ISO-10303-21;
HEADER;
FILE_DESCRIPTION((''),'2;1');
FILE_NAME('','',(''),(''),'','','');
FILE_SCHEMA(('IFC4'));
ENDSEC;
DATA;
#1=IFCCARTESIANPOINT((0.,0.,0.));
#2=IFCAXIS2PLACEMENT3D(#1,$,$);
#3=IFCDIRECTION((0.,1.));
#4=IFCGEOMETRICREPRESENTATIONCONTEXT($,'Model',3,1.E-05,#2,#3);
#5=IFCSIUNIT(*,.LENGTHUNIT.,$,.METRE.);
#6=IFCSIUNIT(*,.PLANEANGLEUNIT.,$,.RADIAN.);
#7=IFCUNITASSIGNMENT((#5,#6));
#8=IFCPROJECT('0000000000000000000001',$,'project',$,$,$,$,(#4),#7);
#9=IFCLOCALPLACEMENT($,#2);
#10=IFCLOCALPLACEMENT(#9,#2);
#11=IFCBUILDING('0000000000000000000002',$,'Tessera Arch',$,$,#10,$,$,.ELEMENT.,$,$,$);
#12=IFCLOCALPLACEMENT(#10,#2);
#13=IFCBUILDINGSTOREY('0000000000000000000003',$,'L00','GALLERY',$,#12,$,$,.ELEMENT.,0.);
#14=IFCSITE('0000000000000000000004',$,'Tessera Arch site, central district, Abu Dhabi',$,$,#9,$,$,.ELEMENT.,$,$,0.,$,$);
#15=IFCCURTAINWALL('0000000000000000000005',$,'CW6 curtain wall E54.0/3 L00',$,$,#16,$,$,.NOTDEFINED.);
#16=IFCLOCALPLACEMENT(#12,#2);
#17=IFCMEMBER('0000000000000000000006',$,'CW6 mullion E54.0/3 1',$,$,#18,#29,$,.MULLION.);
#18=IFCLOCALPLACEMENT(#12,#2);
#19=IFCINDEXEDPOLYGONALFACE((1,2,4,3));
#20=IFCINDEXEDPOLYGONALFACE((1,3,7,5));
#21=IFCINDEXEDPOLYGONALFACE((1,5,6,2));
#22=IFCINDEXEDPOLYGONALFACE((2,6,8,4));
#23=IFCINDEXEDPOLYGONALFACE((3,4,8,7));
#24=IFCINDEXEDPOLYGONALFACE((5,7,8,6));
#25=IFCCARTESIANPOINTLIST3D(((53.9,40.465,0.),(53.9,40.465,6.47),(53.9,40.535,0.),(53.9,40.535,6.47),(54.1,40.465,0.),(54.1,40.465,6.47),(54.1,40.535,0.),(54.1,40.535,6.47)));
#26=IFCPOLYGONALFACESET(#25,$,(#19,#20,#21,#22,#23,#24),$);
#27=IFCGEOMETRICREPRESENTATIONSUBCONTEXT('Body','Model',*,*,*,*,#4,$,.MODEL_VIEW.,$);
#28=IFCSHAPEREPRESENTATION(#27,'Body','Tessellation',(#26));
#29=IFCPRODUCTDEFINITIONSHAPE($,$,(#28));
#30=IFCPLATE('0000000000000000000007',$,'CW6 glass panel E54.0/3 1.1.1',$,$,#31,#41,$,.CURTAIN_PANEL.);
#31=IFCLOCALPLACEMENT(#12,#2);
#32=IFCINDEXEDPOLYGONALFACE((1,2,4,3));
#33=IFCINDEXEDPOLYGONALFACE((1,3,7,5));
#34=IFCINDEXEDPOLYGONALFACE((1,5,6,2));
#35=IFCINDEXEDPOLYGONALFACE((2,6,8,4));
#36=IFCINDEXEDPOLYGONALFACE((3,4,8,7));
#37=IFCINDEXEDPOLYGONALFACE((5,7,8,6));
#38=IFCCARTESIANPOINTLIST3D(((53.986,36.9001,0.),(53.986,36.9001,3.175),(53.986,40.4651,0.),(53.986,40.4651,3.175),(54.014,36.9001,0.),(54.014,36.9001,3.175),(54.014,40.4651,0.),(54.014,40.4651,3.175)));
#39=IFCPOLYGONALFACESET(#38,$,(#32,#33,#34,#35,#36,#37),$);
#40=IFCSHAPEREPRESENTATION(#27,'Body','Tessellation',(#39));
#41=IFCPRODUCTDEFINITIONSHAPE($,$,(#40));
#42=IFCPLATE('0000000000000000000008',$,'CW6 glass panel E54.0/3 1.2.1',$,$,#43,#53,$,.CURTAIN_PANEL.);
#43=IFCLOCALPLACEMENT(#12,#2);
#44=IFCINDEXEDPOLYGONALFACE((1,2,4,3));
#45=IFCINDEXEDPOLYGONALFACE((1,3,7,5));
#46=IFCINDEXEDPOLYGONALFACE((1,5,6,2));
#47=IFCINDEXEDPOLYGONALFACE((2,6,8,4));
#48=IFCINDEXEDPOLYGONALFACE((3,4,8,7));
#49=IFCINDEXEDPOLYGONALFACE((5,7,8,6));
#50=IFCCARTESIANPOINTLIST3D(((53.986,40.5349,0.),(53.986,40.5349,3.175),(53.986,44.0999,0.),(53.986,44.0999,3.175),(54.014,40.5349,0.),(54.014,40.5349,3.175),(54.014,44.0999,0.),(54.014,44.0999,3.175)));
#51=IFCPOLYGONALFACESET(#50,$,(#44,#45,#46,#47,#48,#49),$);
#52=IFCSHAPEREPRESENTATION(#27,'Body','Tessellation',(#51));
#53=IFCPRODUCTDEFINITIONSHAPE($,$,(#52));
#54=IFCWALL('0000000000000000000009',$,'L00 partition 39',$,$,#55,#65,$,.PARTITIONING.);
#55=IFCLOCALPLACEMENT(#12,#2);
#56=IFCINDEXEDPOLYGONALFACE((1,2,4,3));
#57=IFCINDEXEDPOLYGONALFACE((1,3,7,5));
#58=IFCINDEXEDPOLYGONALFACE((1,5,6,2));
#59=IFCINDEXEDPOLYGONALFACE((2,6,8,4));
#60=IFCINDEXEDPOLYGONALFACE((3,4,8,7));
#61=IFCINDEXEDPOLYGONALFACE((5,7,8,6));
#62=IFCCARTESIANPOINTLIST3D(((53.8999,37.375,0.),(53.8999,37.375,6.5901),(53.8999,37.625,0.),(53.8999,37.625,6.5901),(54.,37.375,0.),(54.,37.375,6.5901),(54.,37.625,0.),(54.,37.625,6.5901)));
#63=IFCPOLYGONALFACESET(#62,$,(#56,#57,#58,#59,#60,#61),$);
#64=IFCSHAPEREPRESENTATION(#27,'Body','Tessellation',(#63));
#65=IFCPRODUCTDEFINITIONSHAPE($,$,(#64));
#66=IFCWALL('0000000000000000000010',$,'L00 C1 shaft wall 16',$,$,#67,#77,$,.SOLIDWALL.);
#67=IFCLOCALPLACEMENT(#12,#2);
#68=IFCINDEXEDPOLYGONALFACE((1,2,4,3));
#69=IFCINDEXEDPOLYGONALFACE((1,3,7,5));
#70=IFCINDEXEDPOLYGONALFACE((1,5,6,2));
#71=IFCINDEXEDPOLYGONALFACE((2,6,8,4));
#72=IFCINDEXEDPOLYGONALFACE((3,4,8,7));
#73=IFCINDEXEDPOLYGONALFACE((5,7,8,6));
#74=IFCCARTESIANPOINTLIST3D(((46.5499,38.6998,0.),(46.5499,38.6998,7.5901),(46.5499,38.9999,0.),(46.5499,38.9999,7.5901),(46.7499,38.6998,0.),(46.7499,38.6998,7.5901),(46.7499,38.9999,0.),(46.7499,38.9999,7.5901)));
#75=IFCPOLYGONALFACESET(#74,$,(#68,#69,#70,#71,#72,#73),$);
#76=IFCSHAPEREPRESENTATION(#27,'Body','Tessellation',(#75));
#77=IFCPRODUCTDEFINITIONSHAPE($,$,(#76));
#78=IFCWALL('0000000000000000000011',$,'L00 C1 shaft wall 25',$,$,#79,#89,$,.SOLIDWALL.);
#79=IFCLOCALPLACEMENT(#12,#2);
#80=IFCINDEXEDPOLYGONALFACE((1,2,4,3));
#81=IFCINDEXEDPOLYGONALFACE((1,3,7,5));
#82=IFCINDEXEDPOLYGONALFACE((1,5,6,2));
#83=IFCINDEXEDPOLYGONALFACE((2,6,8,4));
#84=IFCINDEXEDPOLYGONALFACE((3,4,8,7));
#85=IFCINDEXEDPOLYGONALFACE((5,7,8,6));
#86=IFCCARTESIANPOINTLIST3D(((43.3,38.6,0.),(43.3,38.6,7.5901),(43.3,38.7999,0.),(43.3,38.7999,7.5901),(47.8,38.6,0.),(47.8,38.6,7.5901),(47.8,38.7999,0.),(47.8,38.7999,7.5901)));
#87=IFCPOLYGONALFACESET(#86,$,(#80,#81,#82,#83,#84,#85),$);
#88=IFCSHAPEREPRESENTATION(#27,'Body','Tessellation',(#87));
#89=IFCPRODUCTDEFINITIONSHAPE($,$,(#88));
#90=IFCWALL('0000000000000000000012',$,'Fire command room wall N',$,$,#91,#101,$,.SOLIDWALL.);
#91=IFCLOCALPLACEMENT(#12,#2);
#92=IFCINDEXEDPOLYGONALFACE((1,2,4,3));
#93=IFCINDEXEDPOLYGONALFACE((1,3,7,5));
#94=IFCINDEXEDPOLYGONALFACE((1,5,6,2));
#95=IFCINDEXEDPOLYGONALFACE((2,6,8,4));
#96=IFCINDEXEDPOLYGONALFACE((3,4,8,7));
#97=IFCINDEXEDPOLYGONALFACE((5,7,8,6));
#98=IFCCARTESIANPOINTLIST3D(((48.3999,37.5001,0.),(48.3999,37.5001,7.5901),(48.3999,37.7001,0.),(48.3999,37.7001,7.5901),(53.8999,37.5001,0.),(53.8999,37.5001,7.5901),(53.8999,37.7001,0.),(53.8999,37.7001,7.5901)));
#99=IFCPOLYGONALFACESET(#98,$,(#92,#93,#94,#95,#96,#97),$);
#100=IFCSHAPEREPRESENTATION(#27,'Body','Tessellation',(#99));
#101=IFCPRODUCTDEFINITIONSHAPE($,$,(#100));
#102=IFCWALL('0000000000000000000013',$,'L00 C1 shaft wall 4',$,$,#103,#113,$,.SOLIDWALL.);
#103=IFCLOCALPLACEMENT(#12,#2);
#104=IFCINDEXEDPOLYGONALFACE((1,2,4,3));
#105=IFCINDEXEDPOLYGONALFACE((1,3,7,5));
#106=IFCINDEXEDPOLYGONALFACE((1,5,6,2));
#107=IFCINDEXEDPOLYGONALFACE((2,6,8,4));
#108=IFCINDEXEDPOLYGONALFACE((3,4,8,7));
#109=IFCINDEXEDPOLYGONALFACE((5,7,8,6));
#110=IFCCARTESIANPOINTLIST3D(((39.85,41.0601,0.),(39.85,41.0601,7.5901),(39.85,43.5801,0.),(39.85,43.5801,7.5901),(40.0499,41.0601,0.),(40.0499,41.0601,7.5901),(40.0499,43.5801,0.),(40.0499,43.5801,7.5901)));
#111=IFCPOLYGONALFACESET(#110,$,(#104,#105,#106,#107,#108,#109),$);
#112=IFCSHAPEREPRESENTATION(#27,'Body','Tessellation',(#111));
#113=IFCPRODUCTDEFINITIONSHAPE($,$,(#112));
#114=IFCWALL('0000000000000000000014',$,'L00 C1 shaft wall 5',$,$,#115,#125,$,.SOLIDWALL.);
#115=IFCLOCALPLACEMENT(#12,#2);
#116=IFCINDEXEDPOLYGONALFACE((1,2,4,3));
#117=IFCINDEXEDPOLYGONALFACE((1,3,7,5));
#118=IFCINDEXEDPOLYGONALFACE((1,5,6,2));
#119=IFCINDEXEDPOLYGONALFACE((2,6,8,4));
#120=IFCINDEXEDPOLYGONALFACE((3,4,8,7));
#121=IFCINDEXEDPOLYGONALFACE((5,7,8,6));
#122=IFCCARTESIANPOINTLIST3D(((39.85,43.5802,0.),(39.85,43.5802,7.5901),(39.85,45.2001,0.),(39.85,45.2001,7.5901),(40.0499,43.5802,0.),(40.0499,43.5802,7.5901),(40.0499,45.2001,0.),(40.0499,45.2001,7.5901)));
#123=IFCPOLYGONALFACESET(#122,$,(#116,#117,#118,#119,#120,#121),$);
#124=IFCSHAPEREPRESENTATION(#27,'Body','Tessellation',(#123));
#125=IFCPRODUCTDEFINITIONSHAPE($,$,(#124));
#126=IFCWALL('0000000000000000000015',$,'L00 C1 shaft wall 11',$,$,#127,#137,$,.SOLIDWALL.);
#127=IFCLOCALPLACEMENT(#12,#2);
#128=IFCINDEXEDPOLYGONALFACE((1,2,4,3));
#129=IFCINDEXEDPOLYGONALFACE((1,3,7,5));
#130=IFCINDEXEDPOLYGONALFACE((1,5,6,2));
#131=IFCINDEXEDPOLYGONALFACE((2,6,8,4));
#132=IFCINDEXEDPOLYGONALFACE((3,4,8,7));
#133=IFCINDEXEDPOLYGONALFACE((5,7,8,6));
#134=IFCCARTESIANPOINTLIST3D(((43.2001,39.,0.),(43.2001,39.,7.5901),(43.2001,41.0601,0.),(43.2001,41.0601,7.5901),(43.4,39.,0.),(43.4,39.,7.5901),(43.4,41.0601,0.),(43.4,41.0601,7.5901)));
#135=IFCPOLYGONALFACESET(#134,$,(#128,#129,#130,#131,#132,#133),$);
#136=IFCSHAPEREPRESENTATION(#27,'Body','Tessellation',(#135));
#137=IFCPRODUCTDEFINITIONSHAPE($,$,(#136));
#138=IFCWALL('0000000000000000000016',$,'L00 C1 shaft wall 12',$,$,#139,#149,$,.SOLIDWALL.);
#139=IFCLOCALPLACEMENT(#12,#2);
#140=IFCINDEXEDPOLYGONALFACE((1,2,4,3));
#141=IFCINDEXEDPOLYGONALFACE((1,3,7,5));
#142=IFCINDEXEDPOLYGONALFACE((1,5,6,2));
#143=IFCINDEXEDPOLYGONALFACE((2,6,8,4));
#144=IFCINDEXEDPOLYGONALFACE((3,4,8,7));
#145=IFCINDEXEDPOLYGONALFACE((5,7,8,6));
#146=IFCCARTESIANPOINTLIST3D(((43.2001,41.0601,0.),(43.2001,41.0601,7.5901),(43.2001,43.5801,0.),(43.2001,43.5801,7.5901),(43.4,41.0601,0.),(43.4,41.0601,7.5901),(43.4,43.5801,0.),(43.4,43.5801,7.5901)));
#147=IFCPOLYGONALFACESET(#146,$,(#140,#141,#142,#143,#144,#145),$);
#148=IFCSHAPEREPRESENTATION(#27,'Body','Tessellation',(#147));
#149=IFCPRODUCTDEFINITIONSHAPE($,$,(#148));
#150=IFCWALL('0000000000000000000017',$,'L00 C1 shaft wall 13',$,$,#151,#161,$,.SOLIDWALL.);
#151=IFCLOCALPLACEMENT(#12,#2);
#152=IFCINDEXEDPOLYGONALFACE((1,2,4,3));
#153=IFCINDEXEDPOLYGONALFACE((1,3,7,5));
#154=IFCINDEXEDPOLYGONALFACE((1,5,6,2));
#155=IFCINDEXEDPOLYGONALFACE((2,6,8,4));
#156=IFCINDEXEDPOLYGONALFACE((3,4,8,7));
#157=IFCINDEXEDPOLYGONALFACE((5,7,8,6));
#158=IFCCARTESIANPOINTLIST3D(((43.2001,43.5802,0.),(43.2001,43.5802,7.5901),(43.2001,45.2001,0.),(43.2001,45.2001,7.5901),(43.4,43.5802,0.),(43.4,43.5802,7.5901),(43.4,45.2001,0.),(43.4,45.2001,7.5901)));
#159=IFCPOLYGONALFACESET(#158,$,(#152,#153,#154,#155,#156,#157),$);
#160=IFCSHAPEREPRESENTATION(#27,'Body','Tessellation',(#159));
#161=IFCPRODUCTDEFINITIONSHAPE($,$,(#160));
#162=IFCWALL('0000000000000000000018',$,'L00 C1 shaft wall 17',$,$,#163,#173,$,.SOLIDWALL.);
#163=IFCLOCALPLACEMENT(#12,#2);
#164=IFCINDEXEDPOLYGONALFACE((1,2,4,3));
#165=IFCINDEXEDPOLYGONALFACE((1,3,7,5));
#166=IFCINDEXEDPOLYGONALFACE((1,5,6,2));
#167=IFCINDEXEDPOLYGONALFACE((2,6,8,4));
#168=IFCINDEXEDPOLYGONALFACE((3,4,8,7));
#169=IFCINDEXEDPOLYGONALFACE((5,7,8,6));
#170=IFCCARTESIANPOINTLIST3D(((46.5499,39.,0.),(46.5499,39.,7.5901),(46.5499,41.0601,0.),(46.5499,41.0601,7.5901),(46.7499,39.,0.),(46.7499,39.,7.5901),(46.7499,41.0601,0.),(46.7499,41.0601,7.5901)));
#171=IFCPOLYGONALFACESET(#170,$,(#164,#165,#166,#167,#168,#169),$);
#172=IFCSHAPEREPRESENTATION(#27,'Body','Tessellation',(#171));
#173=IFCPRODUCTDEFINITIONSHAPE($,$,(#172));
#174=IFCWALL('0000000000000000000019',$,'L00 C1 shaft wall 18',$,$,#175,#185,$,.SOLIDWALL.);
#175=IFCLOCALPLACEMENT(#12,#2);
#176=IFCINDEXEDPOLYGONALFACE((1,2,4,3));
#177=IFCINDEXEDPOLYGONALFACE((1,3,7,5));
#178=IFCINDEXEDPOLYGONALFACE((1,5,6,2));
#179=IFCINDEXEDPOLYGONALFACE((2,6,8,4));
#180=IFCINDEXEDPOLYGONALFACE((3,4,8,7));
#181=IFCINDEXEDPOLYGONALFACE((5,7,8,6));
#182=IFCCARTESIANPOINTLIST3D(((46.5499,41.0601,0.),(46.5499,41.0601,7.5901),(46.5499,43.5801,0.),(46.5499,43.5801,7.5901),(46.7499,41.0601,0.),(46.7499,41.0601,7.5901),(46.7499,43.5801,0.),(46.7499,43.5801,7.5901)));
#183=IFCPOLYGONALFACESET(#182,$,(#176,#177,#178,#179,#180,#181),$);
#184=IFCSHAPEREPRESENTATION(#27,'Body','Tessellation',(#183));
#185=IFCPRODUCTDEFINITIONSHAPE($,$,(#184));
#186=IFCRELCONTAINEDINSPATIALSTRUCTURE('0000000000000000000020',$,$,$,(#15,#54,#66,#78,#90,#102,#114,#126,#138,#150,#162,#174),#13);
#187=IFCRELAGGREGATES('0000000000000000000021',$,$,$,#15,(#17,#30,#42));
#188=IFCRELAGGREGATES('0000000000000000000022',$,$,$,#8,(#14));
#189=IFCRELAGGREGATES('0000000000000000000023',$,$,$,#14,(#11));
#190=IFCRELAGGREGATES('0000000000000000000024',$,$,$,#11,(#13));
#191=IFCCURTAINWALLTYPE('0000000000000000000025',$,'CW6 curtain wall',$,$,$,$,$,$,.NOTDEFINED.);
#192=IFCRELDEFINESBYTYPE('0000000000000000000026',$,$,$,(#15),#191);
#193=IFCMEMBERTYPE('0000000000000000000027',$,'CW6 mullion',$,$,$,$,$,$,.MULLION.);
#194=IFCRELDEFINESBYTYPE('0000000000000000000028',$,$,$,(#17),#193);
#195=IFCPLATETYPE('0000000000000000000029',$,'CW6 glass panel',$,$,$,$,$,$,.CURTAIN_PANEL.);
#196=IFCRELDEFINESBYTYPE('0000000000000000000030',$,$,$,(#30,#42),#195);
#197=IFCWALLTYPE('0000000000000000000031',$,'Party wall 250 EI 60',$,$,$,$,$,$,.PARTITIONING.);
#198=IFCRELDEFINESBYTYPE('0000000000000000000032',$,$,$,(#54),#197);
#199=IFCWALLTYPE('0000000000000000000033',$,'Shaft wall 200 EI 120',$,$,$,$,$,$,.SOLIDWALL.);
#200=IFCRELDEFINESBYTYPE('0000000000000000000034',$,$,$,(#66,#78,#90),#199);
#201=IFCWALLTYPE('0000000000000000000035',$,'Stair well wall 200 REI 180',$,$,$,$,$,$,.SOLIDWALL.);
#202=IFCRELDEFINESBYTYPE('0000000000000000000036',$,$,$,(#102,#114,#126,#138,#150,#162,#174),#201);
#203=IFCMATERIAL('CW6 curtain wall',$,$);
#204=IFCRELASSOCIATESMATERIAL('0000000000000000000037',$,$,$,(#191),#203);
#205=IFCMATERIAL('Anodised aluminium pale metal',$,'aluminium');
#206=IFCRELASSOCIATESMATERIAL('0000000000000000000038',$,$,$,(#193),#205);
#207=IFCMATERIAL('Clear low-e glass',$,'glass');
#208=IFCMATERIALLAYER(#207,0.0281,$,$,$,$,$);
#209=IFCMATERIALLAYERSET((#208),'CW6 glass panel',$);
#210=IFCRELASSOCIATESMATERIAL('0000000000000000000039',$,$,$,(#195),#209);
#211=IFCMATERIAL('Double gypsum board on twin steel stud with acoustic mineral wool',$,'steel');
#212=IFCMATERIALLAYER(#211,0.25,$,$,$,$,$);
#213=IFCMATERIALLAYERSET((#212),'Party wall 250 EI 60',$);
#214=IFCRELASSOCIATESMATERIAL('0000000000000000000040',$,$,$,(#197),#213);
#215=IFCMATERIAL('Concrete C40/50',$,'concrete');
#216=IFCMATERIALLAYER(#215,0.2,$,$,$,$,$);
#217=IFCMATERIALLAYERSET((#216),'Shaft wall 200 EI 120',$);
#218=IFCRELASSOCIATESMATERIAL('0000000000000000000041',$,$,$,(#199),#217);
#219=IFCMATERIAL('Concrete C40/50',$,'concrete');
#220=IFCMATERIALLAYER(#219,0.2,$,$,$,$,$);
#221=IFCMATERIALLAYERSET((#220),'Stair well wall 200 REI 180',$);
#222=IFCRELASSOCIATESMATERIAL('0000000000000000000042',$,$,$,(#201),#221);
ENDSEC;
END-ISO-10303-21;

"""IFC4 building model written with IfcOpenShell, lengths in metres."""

from ifc_helpers import new_model, si_unit, direction, frame, frame_2d, origin, origin_2d, place, context, subcontext, project, spatial, rectangle, extrude, material, layer, layer_set, material_profile, profile_set, type_object, element, aggregate, save


model = new_model("IFC4")

# Units and contexts
model_context = context("Model", 3, precision=1e-05, world=origin(), true_north=direction((0.0, 1.0)))
body_context = subcontext(model_context, "Body", "Model", "MODEL_VIEW")
ifc_project = project(units=[si_unit("LENGTHUNIT", "METRE"), si_unit("PLANEANGLEUNIT", "RADIAN")], contexts=[model_context])

# Site, building, storey
site_placement = place(None, origin())
site = spatial("IfcSite", under=ifc_project, at=site_placement, Name="Tessera Arch site, central district, Abu Dhabi", CompositionType="ELEMENT", RefElevation=0.0)
building_placement = place(site_placement, origin())
building = spatial("IfcBuilding", under=site, at=building_placement, Name="Tessera Arch", CompositionType="ELEMENT")
storey_placement = place(building_placement, origin())
storey = spatial("IfcBuildingStorey", under=building, at=storey_placement, Name="L00", Description="GALLERY", CompositionType="ELEMENT", Elevation=0.0)

# Curtain wall, member, plates
ifc_material_1 = material(Name="CW6 curtain wall")
curtain_wall_type = type_object("IfcCurtainWallType", Name="CW6 curtain wall", PredefinedType="NOTDEFINED", material=ifc_material_1)
curtain_wall_placement = place(storey_placement, origin())
curtain_wall = element("IfcCurtainWall", 1, at=curtain_wall_placement, inside=storey, type_object=curtain_wall_type, Name="CW6 curtain wall E54.0/3 L00", PredefinedType="NOTDEFINED")
ifc_material_2 = material(Name="Anodised aluminium pale metal", Category="aluminium")
ifc_material_profile = material_profile(ifc_material_2, rectangle(XDim=0.2, YDim=0.0701, at=origin_2d()), Name="AL 70x200")
ifc_profile_set = profile_set([ifc_material_profile], Name="Anodised aluminium pale metal")
member_type = type_object("IfcMemberType", Name="CW6 mullion", PredefinedType="MULLION", material=ifc_profile_set)
member_placement = place(storey_placement, frame((54.0, 40.5, 0.0), z_axis=(0.0, 0.0, 1.0), x_axis=(-1.0, 0.0, 0.0)))
member = element("IfcMember", 2, at=member_placement, type_object=member_type, Name="CW6 mullion E54.0/3 1", PredefinedType="MULLION", context=body_context, shape_type="SweptSolid", body=[
    extrude(rectangle(XDim=0.2, YDim=0.0701, at=origin_2d()), origin(), (0.0, 0.0, 1.0), 6.47),
])
ifc_material_3 = material(Name="Clear low-e glass", Category="glass")
ifc_layer_1 = layer(ifc_material_3, 0.0281)
ifc_layer_set_1 = layer_set([ifc_layer_1], Name="CW6 glass panel")
plate_type = type_object("IfcPlateType", Name="CW6 glass panel", PredefinedType="CURTAIN_PANEL", material=ifc_layer_set_1)
plate_1_placement = place(storey_placement, frame((54.0, 38.6826, 0.0), z_axis=(0.0, 0.0, 1.0), x_axis=(0.0, 1.0, 0.0)))
plate_1 = element("IfcPlate", 3, at=plate_1_placement, type_object=plate_type, Name="CW6 glass panel E54.0/3 1.1.1", PredefinedType="CURTAIN_PANEL", context=body_context, shape_type="SweptSolid", body=[
    extrude(rectangle(XDim=3.5649, YDim=0.0281, at=origin_2d()), origin(), (0.0, 0.0, 1.0), 3.175),
])
plate_2_placement = place(storey_placement, frame((54.0, 42.3174, 0.0), z_axis=(0.0, 0.0, 1.0), x_axis=(0.0, 1.0, 0.0)))
plate_2 = element("IfcPlate", 4, at=plate_2_placement, type_object=plate_type, Name="CW6 glass panel E54.0/3 1.2.1", PredefinedType="CURTAIN_PANEL", context=body_context, shape_type="SweptSolid", body=[
    extrude(rectangle(XDim=3.5649, YDim=0.0281, at=origin_2d()), origin(), (0.0, 0.0, 1.0), 3.175),
])
aggregate(curtain_wall, [member, plate_1, plate_2])

# Walls
ifc_material_4 = material(Name="Double gypsum board on twin steel stud with acoustic mineral wool", Category="steel")
ifc_layer_2 = layer(ifc_material_4, 0.25)
ifc_layer_set_2 = layer_set([ifc_layer_2], Name="Party wall 250 EI 60")
wall_type_1 = type_object("IfcWallType", Name="Party wall 250 EI 60", PredefinedType="PARTITIONING", material=ifc_layer_set_2)
wall_1_placement = place(storey_placement, frame((53.8999, 37.5, 0.0), z_axis=(0.0, 0.0, 1.0), x_axis=(1.0, 0.0, 0.0)))
element("IfcWall", 5, at=wall_1_placement, inside=storey, type_object=wall_type_1, Name="L00 partition 39", PredefinedType="PARTITIONING", context=body_context, shape_type="SweptSolid", body=[
    extrude(rectangle(XDim=0.1001, YDim=0.25, at=frame_2d((0.05, 0.0))), origin(), (0.0, 0.0, 1.0), 6.5901),
])
ifc_material_5 = material(Name="Concrete C40/50", Category="concrete")
ifc_layer_3 = layer(ifc_material_5, 0.2)
ifc_layer_set_3 = layer_set([ifc_layer_3], Name="Shaft wall 200 EI 120")
wall_type_2 = type_object("IfcWallType", Name="Shaft wall 200 EI 120", PredefinedType="SOLIDWALL", material=ifc_layer_set_3)
wall_2_placement = place(storey_placement, frame((46.6499, 38.7, 0.0), z_axis=(0.0, 0.0, 1.0), x_axis=(0.0, 1.0, 0.0)))
element("IfcWall", 6, at=wall_2_placement, inside=storey, type_object=wall_type_2, Name="L00 C1 shaft wall 16", PredefinedType="SOLIDWALL", context=body_context, shape_type="SweptSolid", body=[
    extrude(rectangle(XDim=0.3, YDim=0.2, at=frame_2d((0.1499, 0.0))), origin(), (0.0, 0.0, 1.0), 7.5901),
])
wall_3_placement = place(storey_placement, frame((43.3, 38.7, 0.0), z_axis=(0.0, 0.0, 1.0), x_axis=(1.0, 0.0, 0.0)))
element("IfcWall", 7, at=wall_3_placement, inside=storey, type_object=wall_type_2, Name="L00 C1 shaft wall 25", PredefinedType="SOLIDWALL", context=body_context, shape_type="SweptSolid", body=[
    extrude(rectangle(XDim=4.5, YDim=0.2, at=frame_2d((2.25, 0.0))), origin(), (0.0, 0.0, 1.0), 7.5901),
])
wall_4_placement = place(storey_placement, frame((48.3999, 37.6001, 0.0), z_axis=(0.0, 0.0, 1.0), x_axis=(1.0, 0.0, 0.0)))
element("IfcWall", 8, at=wall_4_placement, inside=storey, type_object=wall_type_2, Name="Fire command room wall N", PredefinedType="SOLIDWALL", context=body_context, shape_type="SweptSolid", body=[
    extrude(rectangle(XDim=5.5, YDim=0.2, at=frame_2d((2.75, 0.0))), origin(), (0.0, 0.0, 1.0), 7.5901),
])
ifc_material_6 = material(Name="Concrete C40/50", Category="concrete")
ifc_layer_4 = layer(ifc_material_6, 0.2)
ifc_layer_set_4 = layer_set([ifc_layer_4], Name="Stair well wall 200 REI 180")
wall_type_3 = type_object("IfcWallType", Name="Stair well wall 200 REI 180", PredefinedType="SOLIDWALL", material=ifc_layer_set_4)
wall_5_placement = place(storey_placement, frame((39.95, 41.0601, 0.0), z_axis=(0.0, 0.0, 1.0), x_axis=(0.0, 1.0, 0.0)))
element("IfcWall", 9, at=wall_5_placement, inside=storey, type_object=wall_type_3, Name="L00 C1 shaft wall 4", PredefinedType="SOLIDWALL", context=body_context, shape_type="SweptSolid", body=[
    extrude(rectangle(XDim=2.52, YDim=0.2, at=frame_2d((1.26, 0.0))), origin(), (0.0, 0.0, 1.0), 7.5901),
])
wall_6_placement = place(storey_placement, frame((39.95, 43.5801, 0.0), z_axis=(0.0, 0.0, 1.0), x_axis=(0.0, 1.0, 0.0)))
element("IfcWall", 10, at=wall_6_placement, inside=storey, type_object=wall_type_3, Name="L00 C1 shaft wall 5", PredefinedType="SOLIDWALL", context=body_context, shape_type="SweptSolid", body=[
    extrude(rectangle(XDim=1.6199, YDim=0.2, at=frame_2d((0.8101, 0.0))), origin(), (0.0, 0.0, 1.0), 7.5901),
])
wall_7_placement = place(storey_placement, frame((43.3, 39.0, 0.0), z_axis=(0.0, 0.0, 1.0), x_axis=(0.0, 1.0, 0.0)))
element("IfcWall", 11, at=wall_7_placement, inside=storey, type_object=wall_type_3, Name="L00 C1 shaft wall 11", PredefinedType="SOLIDWALL", context=body_context, shape_type="SweptSolid", body=[
    extrude(rectangle(XDim=2.0601, YDim=0.2, at=frame_2d((1.03, 0.0))), origin(), (0.0, 0.0, 1.0), 7.5901),
])
wall_8_placement = place(storey_placement, frame((43.3, 41.0601, 0.0), z_axis=(0.0, 0.0, 1.0), x_axis=(0.0, 1.0, 0.0)))
element("IfcWall", 12, at=wall_8_placement, inside=storey, type_object=wall_type_3, Name="L00 C1 shaft wall 12", PredefinedType="SOLIDWALL", context=body_context, shape_type="SweptSolid", body=[
    extrude(rectangle(XDim=2.52, YDim=0.2, at=frame_2d((1.26, 0.0))), origin(), (0.0, 0.0, 1.0), 7.5901),
])
wall_9_placement = place(storey_placement, frame((43.3, 43.5801, 0.0), z_axis=(0.0, 0.0, 1.0), x_axis=(0.0, 1.0, 0.0)))
element("IfcWall", 13, at=wall_9_placement, inside=storey, type_object=wall_type_3, Name="L00 C1 shaft wall 13", PredefinedType="SOLIDWALL", context=body_context, shape_type="SweptSolid", body=[
    extrude(rectangle(XDim=1.6199, YDim=0.2, at=frame_2d((0.8101, 0.0))), origin(), (0.0, 0.0, 1.0), 7.5901),
])
wall_10_placement = place(storey_placement, frame((46.6499, 39.0, 0.0), z_axis=(0.0, 0.0, 1.0), x_axis=(0.0, 1.0, 0.0)))
element("IfcWall", 14, at=wall_10_placement, inside=storey, type_object=wall_type_3, Name="L00 C1 shaft wall 17", PredefinedType="SOLIDWALL", context=body_context, shape_type="SweptSolid", body=[
    extrude(rectangle(XDim=2.0601, YDim=0.2, at=frame_2d((1.03, 0.0))), origin(), (0.0, 0.0, 1.0), 7.5901),
])
wall_11_placement = place(storey_placement, frame((46.6499, 41.0601, 0.0), z_axis=(0.0, 0.0, 1.0), x_axis=(0.0, 1.0, 0.0)))
element("IfcWall", 15, at=wall_11_placement, inside=storey, type_object=wall_type_3, Name="L00 C1 shaft wall 18", PredefinedType="SOLIDWALL", context=body_context, shape_type="SweptSolid", body=[
    extrude(rectangle(XDim=2.52, YDim=0.2, at=frame_2d((1.26, 0.0))), origin(), (0.0, 0.0, 1.0), 7.5901),
])

save(model, "model.ifc")
